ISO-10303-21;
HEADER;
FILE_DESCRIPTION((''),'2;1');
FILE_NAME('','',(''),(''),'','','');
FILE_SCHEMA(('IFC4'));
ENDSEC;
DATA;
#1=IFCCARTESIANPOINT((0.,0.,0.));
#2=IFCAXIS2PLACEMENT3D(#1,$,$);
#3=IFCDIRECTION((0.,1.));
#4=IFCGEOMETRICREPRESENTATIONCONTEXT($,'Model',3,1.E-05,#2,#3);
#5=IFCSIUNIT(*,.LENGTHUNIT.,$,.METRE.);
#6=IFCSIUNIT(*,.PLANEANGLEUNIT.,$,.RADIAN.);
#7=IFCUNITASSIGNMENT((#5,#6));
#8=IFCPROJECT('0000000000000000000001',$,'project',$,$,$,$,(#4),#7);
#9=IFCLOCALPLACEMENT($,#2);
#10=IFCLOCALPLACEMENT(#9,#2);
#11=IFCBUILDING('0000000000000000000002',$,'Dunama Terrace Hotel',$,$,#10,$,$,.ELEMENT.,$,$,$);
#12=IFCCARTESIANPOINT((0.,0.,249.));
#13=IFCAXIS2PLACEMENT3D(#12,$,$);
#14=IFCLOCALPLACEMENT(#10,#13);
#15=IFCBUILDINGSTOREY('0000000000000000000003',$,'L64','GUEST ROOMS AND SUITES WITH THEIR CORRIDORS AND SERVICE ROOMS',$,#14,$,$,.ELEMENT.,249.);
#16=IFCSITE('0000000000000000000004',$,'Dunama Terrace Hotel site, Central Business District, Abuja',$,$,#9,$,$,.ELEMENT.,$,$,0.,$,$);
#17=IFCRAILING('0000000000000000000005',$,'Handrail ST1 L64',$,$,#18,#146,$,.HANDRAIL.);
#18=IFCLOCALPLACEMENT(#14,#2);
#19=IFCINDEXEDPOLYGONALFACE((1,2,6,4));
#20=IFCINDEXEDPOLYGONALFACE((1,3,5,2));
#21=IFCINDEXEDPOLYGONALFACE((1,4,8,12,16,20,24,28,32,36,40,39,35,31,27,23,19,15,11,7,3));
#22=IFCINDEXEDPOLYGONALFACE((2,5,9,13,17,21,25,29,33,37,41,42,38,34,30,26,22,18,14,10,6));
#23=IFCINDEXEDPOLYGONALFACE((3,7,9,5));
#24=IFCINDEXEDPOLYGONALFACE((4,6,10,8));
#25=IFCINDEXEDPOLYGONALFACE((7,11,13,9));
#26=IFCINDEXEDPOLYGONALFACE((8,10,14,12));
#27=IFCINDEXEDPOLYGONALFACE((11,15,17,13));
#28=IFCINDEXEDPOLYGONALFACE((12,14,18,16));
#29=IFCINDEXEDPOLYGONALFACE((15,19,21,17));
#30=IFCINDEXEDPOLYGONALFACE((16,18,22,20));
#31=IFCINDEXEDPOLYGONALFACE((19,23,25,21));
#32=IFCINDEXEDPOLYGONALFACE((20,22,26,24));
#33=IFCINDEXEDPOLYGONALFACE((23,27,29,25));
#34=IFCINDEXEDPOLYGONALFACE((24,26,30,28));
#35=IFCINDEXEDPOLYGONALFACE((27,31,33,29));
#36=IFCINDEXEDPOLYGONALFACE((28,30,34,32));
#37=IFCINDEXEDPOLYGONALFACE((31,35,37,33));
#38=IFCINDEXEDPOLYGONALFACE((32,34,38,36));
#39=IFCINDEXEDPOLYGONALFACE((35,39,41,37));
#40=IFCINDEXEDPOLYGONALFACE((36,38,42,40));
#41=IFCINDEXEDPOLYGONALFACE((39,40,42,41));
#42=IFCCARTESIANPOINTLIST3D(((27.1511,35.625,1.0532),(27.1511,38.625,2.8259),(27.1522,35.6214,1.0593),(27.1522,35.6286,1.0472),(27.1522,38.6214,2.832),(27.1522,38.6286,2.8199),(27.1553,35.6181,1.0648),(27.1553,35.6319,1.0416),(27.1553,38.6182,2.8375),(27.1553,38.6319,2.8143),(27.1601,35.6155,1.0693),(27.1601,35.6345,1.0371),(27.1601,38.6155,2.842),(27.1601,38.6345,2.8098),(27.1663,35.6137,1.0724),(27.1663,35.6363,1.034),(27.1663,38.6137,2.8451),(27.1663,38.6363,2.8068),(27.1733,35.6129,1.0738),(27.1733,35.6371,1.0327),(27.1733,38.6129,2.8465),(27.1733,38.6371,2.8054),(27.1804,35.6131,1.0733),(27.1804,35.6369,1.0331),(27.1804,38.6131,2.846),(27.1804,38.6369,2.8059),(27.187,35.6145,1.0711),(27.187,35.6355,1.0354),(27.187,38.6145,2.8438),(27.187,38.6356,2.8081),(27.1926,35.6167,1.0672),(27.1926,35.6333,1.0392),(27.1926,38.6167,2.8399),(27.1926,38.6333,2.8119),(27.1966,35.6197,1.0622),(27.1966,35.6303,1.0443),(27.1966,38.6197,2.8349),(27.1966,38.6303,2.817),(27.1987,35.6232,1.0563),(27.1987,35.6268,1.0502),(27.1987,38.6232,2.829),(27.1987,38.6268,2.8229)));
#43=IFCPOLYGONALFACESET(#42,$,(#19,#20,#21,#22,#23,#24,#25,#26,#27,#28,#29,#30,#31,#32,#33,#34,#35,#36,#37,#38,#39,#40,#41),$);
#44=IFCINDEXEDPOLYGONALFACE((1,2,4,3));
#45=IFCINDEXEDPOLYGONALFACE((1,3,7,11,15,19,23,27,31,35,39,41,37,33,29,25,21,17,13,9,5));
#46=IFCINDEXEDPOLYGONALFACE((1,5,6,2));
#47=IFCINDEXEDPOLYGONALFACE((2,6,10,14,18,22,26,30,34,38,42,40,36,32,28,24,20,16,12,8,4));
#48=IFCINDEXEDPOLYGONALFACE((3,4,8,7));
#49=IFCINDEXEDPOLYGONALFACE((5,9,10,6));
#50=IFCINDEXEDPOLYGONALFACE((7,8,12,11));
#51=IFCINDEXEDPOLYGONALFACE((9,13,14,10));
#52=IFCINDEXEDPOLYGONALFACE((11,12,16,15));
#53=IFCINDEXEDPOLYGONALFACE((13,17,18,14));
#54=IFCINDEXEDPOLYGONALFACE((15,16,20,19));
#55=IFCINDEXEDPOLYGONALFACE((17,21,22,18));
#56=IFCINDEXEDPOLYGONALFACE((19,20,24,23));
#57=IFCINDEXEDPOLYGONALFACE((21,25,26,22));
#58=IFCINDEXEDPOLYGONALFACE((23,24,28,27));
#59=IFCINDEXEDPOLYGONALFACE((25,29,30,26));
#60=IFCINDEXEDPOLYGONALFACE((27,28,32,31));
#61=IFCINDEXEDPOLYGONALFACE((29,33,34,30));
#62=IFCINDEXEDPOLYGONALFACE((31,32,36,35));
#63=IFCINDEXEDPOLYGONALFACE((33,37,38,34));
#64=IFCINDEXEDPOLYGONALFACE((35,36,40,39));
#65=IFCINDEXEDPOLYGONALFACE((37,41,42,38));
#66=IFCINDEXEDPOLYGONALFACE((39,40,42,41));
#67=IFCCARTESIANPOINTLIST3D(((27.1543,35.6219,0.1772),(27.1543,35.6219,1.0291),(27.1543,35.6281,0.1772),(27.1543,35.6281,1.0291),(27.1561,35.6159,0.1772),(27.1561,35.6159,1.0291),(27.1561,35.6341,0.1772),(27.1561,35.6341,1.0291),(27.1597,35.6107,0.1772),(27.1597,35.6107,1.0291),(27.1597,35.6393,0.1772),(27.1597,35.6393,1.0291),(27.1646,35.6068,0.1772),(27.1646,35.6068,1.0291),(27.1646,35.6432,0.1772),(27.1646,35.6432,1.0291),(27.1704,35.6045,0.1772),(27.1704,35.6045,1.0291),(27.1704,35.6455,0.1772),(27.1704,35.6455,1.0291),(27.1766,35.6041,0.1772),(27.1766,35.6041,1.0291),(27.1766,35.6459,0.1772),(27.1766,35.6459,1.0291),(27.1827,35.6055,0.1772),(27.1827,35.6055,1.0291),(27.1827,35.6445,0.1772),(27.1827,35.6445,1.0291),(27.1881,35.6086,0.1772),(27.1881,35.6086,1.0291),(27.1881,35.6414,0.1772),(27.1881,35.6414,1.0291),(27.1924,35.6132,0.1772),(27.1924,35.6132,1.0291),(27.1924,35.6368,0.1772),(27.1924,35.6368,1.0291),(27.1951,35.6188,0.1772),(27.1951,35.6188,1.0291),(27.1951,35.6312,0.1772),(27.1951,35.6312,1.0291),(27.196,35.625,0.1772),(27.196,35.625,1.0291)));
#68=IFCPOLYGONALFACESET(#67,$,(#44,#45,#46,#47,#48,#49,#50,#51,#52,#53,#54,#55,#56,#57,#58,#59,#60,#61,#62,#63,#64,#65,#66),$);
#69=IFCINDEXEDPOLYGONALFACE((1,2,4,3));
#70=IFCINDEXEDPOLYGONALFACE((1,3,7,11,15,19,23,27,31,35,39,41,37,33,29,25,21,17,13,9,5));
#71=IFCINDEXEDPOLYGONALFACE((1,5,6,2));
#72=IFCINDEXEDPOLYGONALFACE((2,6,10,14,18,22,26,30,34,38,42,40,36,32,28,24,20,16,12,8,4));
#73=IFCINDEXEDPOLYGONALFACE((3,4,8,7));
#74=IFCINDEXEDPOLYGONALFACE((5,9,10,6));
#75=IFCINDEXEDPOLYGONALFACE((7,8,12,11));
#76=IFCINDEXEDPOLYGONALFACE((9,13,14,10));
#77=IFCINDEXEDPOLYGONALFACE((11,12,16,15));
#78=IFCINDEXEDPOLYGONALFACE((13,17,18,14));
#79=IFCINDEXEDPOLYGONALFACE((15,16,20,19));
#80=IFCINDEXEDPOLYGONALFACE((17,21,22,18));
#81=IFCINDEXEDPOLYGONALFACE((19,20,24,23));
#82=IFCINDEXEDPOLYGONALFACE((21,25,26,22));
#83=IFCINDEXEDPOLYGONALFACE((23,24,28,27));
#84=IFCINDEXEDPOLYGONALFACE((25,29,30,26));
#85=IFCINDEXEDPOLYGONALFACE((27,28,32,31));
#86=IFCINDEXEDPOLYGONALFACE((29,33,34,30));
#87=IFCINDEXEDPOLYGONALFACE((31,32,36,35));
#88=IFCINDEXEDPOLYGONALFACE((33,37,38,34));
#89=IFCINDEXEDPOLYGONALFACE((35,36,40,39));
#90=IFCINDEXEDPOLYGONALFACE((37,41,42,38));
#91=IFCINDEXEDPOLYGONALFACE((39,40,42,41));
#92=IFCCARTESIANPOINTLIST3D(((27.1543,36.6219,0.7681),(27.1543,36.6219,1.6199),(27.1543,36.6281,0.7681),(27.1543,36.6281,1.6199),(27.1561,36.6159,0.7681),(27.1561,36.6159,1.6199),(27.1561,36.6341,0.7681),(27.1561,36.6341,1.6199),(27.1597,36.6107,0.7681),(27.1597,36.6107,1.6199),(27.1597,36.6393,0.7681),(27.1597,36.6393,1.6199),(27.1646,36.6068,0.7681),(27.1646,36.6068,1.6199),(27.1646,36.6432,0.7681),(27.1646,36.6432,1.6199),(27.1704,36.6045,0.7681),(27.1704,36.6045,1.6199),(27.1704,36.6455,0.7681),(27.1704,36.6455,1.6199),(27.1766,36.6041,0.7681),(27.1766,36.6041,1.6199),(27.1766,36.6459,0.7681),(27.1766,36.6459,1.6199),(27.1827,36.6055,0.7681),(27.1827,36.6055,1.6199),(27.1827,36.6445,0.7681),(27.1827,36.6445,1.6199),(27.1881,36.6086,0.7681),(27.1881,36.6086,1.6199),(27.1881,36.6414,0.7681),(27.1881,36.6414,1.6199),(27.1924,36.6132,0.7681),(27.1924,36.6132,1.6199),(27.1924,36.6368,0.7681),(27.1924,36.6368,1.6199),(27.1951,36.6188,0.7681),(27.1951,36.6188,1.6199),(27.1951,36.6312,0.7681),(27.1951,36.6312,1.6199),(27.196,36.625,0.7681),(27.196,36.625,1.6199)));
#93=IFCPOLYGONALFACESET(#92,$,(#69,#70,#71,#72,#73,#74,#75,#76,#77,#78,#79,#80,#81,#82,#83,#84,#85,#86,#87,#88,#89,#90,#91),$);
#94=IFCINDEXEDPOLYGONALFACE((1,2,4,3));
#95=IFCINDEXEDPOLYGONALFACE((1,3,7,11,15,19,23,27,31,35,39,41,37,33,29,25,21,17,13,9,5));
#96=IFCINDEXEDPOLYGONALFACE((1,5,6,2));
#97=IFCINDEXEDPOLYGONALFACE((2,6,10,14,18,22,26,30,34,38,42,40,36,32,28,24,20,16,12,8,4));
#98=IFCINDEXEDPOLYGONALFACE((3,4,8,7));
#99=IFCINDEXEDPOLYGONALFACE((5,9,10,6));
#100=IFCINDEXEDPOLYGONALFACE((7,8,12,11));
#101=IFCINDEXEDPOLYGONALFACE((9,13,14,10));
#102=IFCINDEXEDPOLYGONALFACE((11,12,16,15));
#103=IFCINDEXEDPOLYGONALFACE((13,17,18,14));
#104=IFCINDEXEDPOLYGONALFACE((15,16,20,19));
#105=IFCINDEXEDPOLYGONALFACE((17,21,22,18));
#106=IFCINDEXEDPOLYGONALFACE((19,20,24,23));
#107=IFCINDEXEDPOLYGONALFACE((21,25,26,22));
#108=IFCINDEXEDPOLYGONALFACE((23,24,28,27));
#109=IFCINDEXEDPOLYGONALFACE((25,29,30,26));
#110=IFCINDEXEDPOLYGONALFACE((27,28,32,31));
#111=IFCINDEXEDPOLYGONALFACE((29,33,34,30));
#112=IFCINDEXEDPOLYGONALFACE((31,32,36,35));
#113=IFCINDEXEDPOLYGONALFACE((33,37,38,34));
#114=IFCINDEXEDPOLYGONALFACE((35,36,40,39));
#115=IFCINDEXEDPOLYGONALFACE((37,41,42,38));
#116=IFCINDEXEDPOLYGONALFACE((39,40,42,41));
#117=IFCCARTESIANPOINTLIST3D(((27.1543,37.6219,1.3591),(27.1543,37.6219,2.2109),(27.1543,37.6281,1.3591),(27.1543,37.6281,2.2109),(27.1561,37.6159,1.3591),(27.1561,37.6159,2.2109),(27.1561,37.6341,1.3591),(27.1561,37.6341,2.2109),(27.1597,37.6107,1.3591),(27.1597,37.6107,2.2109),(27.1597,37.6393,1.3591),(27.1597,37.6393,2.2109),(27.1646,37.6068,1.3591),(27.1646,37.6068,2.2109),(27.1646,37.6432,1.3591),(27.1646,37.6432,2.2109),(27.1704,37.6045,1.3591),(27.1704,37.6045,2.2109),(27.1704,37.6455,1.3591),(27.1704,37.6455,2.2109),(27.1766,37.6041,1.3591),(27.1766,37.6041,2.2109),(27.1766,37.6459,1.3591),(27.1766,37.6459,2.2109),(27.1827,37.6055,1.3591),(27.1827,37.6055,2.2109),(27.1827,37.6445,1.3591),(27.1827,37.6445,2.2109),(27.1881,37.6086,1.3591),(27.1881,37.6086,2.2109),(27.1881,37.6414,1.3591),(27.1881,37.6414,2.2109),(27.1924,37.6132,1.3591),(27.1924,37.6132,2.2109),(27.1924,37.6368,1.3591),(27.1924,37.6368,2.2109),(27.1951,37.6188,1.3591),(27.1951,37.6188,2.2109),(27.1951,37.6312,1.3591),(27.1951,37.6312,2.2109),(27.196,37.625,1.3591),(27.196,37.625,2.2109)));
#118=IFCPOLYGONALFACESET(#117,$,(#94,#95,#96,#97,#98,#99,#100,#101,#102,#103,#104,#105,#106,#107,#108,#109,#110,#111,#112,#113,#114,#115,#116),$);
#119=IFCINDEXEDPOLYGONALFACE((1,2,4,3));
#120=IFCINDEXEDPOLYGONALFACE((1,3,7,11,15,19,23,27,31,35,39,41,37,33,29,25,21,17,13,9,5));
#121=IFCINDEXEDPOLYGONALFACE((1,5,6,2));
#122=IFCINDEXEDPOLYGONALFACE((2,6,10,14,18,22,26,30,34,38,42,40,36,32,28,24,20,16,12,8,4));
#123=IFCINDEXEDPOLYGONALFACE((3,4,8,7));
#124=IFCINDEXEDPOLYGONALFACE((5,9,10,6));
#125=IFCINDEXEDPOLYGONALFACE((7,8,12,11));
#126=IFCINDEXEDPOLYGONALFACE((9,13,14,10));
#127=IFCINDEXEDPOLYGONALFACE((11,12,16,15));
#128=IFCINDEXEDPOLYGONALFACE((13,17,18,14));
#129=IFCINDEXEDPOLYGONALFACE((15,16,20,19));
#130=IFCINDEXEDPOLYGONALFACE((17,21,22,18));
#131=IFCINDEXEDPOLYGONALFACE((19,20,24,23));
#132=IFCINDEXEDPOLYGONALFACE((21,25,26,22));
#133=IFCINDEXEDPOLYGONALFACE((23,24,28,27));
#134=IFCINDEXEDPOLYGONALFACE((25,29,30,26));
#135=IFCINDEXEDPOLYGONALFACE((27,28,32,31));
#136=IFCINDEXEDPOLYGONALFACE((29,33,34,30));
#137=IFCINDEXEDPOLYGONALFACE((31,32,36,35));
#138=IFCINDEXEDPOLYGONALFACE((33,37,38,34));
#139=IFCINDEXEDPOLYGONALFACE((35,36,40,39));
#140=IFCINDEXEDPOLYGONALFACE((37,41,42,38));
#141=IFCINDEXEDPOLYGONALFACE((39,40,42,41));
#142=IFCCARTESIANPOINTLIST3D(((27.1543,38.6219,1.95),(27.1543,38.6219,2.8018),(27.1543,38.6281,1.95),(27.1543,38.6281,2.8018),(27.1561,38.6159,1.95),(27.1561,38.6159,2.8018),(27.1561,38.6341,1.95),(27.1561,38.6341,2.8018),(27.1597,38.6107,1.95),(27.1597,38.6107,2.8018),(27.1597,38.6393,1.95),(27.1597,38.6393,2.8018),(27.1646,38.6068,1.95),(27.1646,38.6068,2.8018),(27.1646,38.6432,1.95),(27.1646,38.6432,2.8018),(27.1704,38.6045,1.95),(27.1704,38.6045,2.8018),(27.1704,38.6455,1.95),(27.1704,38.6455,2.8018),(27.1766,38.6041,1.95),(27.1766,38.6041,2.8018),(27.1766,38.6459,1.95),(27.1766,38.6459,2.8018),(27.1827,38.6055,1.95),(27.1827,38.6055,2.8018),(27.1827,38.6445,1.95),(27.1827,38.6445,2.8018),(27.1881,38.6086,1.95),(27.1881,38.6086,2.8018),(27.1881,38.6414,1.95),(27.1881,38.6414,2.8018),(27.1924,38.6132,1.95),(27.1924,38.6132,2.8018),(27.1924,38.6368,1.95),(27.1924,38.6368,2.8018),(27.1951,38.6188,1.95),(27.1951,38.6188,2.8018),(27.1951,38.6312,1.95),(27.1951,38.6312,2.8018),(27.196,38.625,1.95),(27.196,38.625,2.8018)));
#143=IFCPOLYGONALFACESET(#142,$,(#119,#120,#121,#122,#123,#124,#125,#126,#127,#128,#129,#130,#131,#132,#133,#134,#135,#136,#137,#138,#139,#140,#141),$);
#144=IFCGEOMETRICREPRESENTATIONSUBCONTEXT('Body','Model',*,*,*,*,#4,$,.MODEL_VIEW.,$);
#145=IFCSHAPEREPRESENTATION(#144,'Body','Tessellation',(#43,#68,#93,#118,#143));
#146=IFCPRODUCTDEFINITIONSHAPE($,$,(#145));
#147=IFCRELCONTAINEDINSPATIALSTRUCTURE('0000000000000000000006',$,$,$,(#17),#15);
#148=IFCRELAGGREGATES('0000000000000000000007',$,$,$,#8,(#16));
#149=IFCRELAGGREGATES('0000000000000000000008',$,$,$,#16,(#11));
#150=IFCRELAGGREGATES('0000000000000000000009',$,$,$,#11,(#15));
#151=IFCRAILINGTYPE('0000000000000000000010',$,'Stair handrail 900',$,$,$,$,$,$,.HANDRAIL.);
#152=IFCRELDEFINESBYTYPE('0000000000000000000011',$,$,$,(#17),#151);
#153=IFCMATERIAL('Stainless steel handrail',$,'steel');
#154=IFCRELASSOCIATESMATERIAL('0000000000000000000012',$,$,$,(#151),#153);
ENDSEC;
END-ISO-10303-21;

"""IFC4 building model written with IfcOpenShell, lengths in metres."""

from ifc_helpers import new_model, si_unit, direction, frame, origin, origin_2d, place, context, subcontext, project, spatial, circle, extrude, material, type_object, element, save


model = new_model("IFC4")

# Units and contexts
model_context = context("Model", 3, precision=1e-05, world=origin(), true_north=direction((0.0, 1.0)))
body_context = subcontext(model_context, "Body", "Model", "MODEL_VIEW")
ifc_project = project(units=[si_unit("LENGTHUNIT", "METRE"), si_unit("PLANEANGLEUNIT", "RADIAN")], contexts=[model_context])

# Site, building, storey
site_placement = place(None, origin())
site = spatial("IfcSite", under=ifc_project, at=site_placement, Name="Dunama Terrace Hotel site, Central Business District, Abuja", CompositionType="ELEMENT", RefElevation=0.0)
building_placement = place(site_placement, origin())
building = spatial("IfcBuilding", under=site, at=building_placement, Name="Dunama Terrace Hotel", CompositionType="ELEMENT")
storey_placement = place(building_placement, frame((0.0, 0.0, 249.0)))
storey = spatial("IfcBuildingStorey", under=building, at=storey_placement, Name="L64", Description="GUEST ROOMS AND SUITES WITH THEIR CORRIDORS AND SERVICE ROOMS", CompositionType="ELEMENT", Elevation=249.0)

# Railing
ifc_material_1 = material(Name="Stainless steel handrail", Category="steel")
railing_type = type_object("IfcRailingType", Name="Stair handrail 900", PredefinedType="HANDRAIL", material=ifc_material_1)
railing_1_placement = place(storey_placement, frame((27.175, 35.625, 0.1772)))
element("IfcRailing", 1, at=railing_1_placement, inside=storey, type_object=railing_type, Name="Handrail ST1 L64", PredefinedType="HANDRAIL", context=body_context, shape_type="SweptSolid", body=[
    extrude(circle(Radius=0.0239, at=origin_2d()), frame((0.0, 0.0, 0.876), z_axis=(0.0, 0.860929, 0.508725), x_axis=(-1.0, 0.0, 0.0)), (0.0, 0.0, 1.0), 3.4846),
    extrude(circle(Radius=0.021, at=origin_2d()), origin(), (0.0, 0.0, 1.0), 0.8518),
    extrude(circle(Radius=0.021, at=origin_2d()), frame((0.0, 1.0, 0.5908)), (0.0, 0.0, 1.0), 0.8518),
    extrude(circle(Radius=0.021, at=origin_2d()), frame((0.0, 2.0, 1.1819)), (0.0, 0.0, 1.0), 0.8518),
    extrude(circle(Radius=0.021, at=origin_2d()), frame((0.0, 3.0, 1.7727)), (0.0, 0.0, 1.0), 0.8518),
])

save(model, "model.ifc")
